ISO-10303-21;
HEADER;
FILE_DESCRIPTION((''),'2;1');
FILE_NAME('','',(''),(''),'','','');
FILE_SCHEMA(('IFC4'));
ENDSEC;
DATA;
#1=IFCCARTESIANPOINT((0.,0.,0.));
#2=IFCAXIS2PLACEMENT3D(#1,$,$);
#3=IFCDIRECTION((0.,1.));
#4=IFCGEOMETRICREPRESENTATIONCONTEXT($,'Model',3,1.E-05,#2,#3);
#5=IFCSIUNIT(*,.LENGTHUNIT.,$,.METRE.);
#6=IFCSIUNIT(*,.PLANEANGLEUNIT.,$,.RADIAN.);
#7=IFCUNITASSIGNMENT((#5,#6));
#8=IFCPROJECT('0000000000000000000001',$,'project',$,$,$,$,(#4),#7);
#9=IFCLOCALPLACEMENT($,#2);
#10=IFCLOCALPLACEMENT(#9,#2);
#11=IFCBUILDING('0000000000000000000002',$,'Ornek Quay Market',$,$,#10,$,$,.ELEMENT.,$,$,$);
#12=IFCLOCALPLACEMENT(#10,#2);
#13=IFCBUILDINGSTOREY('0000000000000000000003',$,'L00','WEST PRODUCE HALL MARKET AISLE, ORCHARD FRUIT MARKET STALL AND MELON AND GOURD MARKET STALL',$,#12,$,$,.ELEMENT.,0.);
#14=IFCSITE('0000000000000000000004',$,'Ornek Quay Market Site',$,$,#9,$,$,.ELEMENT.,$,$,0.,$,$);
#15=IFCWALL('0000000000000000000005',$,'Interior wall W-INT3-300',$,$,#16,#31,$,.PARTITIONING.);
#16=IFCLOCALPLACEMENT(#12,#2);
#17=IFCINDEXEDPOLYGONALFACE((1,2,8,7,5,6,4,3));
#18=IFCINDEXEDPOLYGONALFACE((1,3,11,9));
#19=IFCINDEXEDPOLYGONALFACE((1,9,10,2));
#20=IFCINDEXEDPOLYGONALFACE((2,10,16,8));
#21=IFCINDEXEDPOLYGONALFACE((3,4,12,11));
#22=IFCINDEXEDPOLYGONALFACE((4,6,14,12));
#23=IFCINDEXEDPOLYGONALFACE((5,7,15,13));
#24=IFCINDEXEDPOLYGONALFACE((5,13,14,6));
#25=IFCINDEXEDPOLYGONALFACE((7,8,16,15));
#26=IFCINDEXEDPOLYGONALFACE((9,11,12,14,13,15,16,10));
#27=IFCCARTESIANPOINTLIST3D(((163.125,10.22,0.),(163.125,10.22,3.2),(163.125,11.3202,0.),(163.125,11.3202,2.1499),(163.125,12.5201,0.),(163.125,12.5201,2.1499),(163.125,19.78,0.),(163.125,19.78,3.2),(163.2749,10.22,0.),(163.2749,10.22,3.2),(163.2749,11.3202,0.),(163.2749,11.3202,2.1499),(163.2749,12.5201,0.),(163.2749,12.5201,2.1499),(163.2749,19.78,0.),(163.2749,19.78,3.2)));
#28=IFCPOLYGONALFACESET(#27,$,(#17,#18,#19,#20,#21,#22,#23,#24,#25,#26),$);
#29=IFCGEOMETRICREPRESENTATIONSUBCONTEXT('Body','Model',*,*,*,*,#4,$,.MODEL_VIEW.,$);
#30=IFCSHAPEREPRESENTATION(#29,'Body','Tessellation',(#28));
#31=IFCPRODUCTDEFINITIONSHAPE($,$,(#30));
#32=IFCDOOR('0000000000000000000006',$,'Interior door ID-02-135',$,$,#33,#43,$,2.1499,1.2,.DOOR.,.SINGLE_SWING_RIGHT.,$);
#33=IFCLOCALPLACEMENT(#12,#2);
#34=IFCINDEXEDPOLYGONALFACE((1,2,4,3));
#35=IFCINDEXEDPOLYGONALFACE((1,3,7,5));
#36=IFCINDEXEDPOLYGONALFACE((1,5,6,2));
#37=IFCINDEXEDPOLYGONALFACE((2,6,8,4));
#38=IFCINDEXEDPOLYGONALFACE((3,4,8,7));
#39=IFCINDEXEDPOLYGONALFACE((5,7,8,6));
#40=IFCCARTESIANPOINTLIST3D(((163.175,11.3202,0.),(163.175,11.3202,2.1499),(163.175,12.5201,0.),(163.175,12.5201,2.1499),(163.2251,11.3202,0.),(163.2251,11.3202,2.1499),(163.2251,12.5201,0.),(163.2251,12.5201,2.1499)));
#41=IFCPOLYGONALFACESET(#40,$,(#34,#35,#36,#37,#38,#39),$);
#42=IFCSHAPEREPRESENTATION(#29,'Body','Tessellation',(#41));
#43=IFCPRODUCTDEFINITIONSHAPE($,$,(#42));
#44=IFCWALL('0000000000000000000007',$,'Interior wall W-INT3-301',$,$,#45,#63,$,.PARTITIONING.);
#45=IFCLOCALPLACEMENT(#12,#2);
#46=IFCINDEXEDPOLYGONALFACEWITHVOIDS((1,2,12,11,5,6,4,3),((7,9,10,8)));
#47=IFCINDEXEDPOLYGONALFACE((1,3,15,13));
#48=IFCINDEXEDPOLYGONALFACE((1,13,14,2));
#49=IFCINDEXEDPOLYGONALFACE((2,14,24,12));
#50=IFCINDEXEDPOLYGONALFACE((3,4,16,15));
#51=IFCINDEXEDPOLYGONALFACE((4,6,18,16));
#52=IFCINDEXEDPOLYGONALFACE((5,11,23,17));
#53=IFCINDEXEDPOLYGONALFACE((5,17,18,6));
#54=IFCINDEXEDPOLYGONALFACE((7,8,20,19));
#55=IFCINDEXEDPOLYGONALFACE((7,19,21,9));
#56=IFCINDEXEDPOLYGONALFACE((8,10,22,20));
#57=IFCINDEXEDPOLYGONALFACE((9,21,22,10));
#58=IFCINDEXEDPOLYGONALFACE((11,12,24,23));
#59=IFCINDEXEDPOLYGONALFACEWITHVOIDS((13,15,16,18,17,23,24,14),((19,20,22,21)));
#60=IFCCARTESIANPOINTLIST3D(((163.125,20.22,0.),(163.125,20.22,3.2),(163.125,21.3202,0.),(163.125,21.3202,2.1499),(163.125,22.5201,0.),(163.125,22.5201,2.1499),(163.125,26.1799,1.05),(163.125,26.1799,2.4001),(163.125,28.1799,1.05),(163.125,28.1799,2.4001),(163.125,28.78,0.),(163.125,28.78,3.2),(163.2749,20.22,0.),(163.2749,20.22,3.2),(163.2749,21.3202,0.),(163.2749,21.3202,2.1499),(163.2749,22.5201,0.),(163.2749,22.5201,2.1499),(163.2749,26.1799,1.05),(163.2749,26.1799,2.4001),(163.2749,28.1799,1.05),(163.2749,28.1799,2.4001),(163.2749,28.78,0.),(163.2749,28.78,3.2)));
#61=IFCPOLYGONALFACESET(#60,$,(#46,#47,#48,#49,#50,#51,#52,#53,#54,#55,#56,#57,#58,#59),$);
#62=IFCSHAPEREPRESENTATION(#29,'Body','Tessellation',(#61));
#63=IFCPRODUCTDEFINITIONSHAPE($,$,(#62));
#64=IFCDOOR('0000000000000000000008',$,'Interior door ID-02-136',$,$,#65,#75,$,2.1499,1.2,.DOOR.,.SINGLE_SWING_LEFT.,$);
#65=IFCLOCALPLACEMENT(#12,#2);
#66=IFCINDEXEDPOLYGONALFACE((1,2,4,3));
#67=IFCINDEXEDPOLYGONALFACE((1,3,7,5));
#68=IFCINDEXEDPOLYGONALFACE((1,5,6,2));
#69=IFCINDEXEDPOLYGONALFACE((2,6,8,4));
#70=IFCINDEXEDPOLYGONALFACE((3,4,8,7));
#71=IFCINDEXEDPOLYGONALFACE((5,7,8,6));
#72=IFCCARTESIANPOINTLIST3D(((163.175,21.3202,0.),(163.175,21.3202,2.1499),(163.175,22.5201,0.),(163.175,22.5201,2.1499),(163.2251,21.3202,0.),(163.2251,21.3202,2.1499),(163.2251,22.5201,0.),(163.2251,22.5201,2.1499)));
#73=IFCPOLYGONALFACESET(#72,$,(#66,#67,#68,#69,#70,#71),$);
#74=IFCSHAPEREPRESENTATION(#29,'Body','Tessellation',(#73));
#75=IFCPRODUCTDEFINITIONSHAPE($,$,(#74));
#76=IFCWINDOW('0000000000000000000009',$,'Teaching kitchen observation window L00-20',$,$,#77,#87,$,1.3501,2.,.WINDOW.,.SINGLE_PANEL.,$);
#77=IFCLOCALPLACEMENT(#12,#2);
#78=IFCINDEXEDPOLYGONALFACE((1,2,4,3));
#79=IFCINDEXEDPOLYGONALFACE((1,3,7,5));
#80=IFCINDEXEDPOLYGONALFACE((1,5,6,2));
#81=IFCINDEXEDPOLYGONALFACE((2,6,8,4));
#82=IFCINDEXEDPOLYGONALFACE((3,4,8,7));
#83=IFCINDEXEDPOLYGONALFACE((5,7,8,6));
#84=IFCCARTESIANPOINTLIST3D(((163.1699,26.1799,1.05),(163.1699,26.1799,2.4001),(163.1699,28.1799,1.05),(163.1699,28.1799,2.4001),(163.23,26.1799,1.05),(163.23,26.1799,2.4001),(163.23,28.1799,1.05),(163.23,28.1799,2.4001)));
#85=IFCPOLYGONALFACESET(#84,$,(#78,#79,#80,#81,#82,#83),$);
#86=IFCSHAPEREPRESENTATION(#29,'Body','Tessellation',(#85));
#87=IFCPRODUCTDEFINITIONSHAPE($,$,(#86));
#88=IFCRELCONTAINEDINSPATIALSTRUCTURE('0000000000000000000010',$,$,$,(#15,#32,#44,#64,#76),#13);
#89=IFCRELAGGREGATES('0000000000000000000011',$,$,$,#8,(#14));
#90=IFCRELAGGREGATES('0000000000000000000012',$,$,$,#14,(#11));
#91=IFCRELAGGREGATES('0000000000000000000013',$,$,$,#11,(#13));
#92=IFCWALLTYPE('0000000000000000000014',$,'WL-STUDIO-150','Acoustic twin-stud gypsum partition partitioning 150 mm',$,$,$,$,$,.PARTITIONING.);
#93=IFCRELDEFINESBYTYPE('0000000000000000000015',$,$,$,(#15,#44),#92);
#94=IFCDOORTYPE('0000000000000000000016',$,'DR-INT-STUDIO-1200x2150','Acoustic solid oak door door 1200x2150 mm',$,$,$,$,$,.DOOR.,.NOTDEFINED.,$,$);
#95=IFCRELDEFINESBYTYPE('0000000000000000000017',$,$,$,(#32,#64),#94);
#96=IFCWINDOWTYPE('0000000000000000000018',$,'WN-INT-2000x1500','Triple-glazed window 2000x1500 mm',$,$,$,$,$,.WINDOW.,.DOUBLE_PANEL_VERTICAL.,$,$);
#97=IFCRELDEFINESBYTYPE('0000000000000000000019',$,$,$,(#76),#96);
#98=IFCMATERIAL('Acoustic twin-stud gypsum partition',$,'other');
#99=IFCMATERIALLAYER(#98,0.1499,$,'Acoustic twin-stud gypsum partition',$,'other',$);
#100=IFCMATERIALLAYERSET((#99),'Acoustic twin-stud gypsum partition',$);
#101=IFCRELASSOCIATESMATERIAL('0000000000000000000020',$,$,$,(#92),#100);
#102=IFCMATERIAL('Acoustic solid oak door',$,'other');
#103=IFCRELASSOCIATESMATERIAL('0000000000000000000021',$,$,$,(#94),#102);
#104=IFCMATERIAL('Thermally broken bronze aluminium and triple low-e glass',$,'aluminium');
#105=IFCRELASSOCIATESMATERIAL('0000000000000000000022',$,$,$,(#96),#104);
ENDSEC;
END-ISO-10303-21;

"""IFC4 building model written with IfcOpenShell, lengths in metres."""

from ifc_helpers import new_model, si_unit, direction, frame, frame_2d, origin, place, context, subcontext, project, spatial, rectangle, extrude, material, layer, layer_set, type_object, element, fill, save


model = new_model("IFC4")

# Units and contexts
model_context = context("Model", 3, precision=1e-05, world=origin(), true_north=direction((0.0, 1.0)))
body_context = subcontext(model_context, "Body", "Model", "MODEL_VIEW")
ifc_project = project(units=[si_unit("LENGTHUNIT", "METRE"), si_unit("PLANEANGLEUNIT", "RADIAN")], contexts=[model_context])

# Site, building, storey
site_placement = place(None, origin())
site = spatial("IfcSite", under=ifc_project, at=site_placement, Name="Ornek Quay Market Site", CompositionType="ELEMENT", RefElevation=0.0)
building_placement = place(site_placement, origin())
building = spatial("IfcBuilding", under=site, at=building_placement, Name="Ornek Quay Market", CompositionType="ELEMENT")
storey_placement = place(building_placement, origin())
storey = spatial("IfcBuildingStorey", under=building, at=storey_placement, Name="L00", Description="WEST PRODUCE HALL MARKET AISLE, ORCHARD FRUIT MARKET STALL AND MELON AND GOURD MARKET STALL", CompositionType="ELEMENT", Elevation=0.0)

# Wall, opening, door
ifc_material_1 = material(Name="Acoustic twin-stud gypsum partition", Category="other")
ifc_layer_1 = layer(ifc_material_1, 0.1499, Name="Acoustic twin-stud gypsum partition", Category="other")
ifc_layer_set_1 = layer_set([ifc_layer_1], Name="Acoustic twin-stud gypsum partition")
wall_type_1 = type_object("IfcWallType", Name="WL-STUDIO-150", Description="Acoustic twin-stud gypsum partition partitioning 150 mm", PredefinedType="PARTITIONING", material=ifc_layer_set_1)
wall_1_placement = place(storey_placement, frame((163.2, 10.22, 0.0), z_axis=(0.0, 0.0, 1.0), x_axis=(0.0, 1.0, 0.0)))
wall_1 = element("IfcWall", 1, at=wall_1_placement, inside=storey, type_object=wall_type_1, Name="Interior wall W-INT3-300", PredefinedType="PARTITIONING", context=body_context, shape_type="SweptSolid", body=[
    extrude(rectangle(XDim=9.5601, YDim=0.1499, at=frame_2d((4.78, 0.0))), origin(), (0.0, 0.0, 1.0), 3.2),
])
opening_1_placement = place(wall_1_placement, frame((1.1001, 0.0, 0.0)))
opening_1 = element("IfcOpeningElement", 2, at=opening_1_placement, cuts=wall_1, PredefinedType="OPENING", context=body_context, shape_type="SweptSolid", body=[
    extrude(rectangle(XDim=1.2, YDim=2.1499, at=frame_2d((0.6001, 1.075))), frame((0.0, 0.085, 0.0), z_axis=(0.0, -1.0, 0.0), x_axis=(1.0, 0.0, 0.0)), (0.0, 0.0, 1.0), 0.1699),
])
ifc_material_2 = material(Name="Acoustic solid oak door", Category="other")
door_type_1 = type_object("IfcDoorType", Name="DR-INT-STUDIO-1200x2150", Description="Acoustic solid oak door door 1200x2150 mm", OperationType="NOTDEFINED", PredefinedType="DOOR", material=ifc_material_2)
door_1_placement = place(opening_1_placement, origin())
door_1 = element("IfcDoor", 3, at=door_1_placement, inside=storey, type_object=door_type_1, Name="Interior door ID-02-135", OperationType="SINGLE_SWING_RIGHT", OverallHeight=2.1499, OverallWidth=1.2, PredefinedType="DOOR", context=body_context, shape_type="SweptSolid", body=[
    extrude(rectangle(XDim=1.2, YDim=2.1499, at=frame_2d((0.6001, 1.075))), frame((0.0, 0.0249, 0.0), z_axis=(0.0, -1.0, 0.0), x_axis=(1.0, 0.0, 0.0)), (0.0, 0.0, 1.0), 0.05),
])
fill(opening_1, door_1)

# Wall, openings, door, window
wall_2_placement = place(storey_placement, frame((163.2, 20.22, 0.0), z_axis=(0.0, 0.0, 1.0), x_axis=(0.0, 1.0, 0.0)))
wall_2 = element("IfcWall", 4, at=wall_2_placement, inside=storey, type_object=wall_type_1, Name="Interior wall W-INT3-301", PredefinedType="PARTITIONING", context=body_context, shape_type="SweptSolid", body=[
    extrude(rectangle(XDim=8.5601, YDim=0.1499, at=frame_2d((4.28, 0.0))), origin(), (0.0, 0.0, 1.0), 3.2),
])
opening_2_placement = place(wall_2_placement, frame((1.1001, 0.0, 0.0)))
opening_2 = element("IfcOpeningElement", 5, at=opening_2_placement, cuts=wall_2, PredefinedType="OPENING", context=body_context, shape_type="SweptSolid", body=[
    extrude(rectangle(XDim=1.2, YDim=2.1499, at=frame_2d((0.6001, 1.075))), frame((0.0, 0.085, 0.0), z_axis=(0.0, -1.0, 0.0), x_axis=(1.0, 0.0, 0.0)), (0.0, 0.0, 1.0), 0.1699),
])
opening_3_placement = place(wall_2_placement, frame((5.96, 0.0, 1.05)))
opening_3 = element("IfcOpeningElement", 6, at=opening_3_placement, cuts=wall_2, PredefinedType="OPENING", context=body_context, shape_type="SweptSolid", body=[
    extrude(rectangle(XDim=2.0, YDim=1.3501, at=frame_2d((1.0, 0.675))), frame((0.0, 0.085, 0.0), z_axis=(0.0, -1.0, 0.0), x_axis=(1.0, 0.0, 0.0)), (0.0, 0.0, 1.0), 0.1699),
])
door_2_placement = place(opening_2_placement, origin())
door_2 = element("IfcDoor", 7, at=door_2_placement, inside=storey, type_object=door_type_1, Name="Interior door ID-02-136", OperationType="SINGLE_SWING_LEFT", OverallHeight=2.1499, OverallWidth=1.2, PredefinedType="DOOR", context=body_context, shape_type="SweptSolid", body=[
    extrude(rectangle(XDim=1.2, YDim=2.1499, at=frame_2d((0.6001, 1.075))), frame((0.0, 0.0249, 0.0), z_axis=(0.0, -1.0, 0.0), x_axis=(1.0, 0.0, 0.0)), (0.0, 0.0, 1.0), 0.05),
])
fill(opening_2, door_2)
ifc_material_3 = material(Name="Thermally broken bronze aluminium and triple low-e glass", Category="aluminium")
window_type = type_object("IfcWindowType", Name="WN-INT-2000x1500", Description="Triple-glazed window 2000x1500 mm", PartitioningType="DOUBLE_PANEL_VERTICAL", PredefinedType="WINDOW", material=ifc_material_3)
window_placement = place(opening_3_placement, origin())
window = element("IfcWindow", 8, at=window_placement, inside=storey, type_object=window_type, Name="Teaching kitchen observation window L00-20", OverallHeight=1.3501, OverallWidth=2.0, PartitioningType="SINGLE_PANEL", PredefinedType="WINDOW", context=body_context, shape_type="SweptSolid", body=[
    extrude(rectangle(XDim=2.0, YDim=1.3501, at=frame_2d((1.0, 0.675))), frame((0.0, 0.03, 0.0), z_axis=(0.0, -1.0, 0.0), x_axis=(1.0, 0.0, 0.0)), (0.0, 0.0, 1.0), 0.0601),
])
fill(opening_3, window)

save(model, "model.ifc")
